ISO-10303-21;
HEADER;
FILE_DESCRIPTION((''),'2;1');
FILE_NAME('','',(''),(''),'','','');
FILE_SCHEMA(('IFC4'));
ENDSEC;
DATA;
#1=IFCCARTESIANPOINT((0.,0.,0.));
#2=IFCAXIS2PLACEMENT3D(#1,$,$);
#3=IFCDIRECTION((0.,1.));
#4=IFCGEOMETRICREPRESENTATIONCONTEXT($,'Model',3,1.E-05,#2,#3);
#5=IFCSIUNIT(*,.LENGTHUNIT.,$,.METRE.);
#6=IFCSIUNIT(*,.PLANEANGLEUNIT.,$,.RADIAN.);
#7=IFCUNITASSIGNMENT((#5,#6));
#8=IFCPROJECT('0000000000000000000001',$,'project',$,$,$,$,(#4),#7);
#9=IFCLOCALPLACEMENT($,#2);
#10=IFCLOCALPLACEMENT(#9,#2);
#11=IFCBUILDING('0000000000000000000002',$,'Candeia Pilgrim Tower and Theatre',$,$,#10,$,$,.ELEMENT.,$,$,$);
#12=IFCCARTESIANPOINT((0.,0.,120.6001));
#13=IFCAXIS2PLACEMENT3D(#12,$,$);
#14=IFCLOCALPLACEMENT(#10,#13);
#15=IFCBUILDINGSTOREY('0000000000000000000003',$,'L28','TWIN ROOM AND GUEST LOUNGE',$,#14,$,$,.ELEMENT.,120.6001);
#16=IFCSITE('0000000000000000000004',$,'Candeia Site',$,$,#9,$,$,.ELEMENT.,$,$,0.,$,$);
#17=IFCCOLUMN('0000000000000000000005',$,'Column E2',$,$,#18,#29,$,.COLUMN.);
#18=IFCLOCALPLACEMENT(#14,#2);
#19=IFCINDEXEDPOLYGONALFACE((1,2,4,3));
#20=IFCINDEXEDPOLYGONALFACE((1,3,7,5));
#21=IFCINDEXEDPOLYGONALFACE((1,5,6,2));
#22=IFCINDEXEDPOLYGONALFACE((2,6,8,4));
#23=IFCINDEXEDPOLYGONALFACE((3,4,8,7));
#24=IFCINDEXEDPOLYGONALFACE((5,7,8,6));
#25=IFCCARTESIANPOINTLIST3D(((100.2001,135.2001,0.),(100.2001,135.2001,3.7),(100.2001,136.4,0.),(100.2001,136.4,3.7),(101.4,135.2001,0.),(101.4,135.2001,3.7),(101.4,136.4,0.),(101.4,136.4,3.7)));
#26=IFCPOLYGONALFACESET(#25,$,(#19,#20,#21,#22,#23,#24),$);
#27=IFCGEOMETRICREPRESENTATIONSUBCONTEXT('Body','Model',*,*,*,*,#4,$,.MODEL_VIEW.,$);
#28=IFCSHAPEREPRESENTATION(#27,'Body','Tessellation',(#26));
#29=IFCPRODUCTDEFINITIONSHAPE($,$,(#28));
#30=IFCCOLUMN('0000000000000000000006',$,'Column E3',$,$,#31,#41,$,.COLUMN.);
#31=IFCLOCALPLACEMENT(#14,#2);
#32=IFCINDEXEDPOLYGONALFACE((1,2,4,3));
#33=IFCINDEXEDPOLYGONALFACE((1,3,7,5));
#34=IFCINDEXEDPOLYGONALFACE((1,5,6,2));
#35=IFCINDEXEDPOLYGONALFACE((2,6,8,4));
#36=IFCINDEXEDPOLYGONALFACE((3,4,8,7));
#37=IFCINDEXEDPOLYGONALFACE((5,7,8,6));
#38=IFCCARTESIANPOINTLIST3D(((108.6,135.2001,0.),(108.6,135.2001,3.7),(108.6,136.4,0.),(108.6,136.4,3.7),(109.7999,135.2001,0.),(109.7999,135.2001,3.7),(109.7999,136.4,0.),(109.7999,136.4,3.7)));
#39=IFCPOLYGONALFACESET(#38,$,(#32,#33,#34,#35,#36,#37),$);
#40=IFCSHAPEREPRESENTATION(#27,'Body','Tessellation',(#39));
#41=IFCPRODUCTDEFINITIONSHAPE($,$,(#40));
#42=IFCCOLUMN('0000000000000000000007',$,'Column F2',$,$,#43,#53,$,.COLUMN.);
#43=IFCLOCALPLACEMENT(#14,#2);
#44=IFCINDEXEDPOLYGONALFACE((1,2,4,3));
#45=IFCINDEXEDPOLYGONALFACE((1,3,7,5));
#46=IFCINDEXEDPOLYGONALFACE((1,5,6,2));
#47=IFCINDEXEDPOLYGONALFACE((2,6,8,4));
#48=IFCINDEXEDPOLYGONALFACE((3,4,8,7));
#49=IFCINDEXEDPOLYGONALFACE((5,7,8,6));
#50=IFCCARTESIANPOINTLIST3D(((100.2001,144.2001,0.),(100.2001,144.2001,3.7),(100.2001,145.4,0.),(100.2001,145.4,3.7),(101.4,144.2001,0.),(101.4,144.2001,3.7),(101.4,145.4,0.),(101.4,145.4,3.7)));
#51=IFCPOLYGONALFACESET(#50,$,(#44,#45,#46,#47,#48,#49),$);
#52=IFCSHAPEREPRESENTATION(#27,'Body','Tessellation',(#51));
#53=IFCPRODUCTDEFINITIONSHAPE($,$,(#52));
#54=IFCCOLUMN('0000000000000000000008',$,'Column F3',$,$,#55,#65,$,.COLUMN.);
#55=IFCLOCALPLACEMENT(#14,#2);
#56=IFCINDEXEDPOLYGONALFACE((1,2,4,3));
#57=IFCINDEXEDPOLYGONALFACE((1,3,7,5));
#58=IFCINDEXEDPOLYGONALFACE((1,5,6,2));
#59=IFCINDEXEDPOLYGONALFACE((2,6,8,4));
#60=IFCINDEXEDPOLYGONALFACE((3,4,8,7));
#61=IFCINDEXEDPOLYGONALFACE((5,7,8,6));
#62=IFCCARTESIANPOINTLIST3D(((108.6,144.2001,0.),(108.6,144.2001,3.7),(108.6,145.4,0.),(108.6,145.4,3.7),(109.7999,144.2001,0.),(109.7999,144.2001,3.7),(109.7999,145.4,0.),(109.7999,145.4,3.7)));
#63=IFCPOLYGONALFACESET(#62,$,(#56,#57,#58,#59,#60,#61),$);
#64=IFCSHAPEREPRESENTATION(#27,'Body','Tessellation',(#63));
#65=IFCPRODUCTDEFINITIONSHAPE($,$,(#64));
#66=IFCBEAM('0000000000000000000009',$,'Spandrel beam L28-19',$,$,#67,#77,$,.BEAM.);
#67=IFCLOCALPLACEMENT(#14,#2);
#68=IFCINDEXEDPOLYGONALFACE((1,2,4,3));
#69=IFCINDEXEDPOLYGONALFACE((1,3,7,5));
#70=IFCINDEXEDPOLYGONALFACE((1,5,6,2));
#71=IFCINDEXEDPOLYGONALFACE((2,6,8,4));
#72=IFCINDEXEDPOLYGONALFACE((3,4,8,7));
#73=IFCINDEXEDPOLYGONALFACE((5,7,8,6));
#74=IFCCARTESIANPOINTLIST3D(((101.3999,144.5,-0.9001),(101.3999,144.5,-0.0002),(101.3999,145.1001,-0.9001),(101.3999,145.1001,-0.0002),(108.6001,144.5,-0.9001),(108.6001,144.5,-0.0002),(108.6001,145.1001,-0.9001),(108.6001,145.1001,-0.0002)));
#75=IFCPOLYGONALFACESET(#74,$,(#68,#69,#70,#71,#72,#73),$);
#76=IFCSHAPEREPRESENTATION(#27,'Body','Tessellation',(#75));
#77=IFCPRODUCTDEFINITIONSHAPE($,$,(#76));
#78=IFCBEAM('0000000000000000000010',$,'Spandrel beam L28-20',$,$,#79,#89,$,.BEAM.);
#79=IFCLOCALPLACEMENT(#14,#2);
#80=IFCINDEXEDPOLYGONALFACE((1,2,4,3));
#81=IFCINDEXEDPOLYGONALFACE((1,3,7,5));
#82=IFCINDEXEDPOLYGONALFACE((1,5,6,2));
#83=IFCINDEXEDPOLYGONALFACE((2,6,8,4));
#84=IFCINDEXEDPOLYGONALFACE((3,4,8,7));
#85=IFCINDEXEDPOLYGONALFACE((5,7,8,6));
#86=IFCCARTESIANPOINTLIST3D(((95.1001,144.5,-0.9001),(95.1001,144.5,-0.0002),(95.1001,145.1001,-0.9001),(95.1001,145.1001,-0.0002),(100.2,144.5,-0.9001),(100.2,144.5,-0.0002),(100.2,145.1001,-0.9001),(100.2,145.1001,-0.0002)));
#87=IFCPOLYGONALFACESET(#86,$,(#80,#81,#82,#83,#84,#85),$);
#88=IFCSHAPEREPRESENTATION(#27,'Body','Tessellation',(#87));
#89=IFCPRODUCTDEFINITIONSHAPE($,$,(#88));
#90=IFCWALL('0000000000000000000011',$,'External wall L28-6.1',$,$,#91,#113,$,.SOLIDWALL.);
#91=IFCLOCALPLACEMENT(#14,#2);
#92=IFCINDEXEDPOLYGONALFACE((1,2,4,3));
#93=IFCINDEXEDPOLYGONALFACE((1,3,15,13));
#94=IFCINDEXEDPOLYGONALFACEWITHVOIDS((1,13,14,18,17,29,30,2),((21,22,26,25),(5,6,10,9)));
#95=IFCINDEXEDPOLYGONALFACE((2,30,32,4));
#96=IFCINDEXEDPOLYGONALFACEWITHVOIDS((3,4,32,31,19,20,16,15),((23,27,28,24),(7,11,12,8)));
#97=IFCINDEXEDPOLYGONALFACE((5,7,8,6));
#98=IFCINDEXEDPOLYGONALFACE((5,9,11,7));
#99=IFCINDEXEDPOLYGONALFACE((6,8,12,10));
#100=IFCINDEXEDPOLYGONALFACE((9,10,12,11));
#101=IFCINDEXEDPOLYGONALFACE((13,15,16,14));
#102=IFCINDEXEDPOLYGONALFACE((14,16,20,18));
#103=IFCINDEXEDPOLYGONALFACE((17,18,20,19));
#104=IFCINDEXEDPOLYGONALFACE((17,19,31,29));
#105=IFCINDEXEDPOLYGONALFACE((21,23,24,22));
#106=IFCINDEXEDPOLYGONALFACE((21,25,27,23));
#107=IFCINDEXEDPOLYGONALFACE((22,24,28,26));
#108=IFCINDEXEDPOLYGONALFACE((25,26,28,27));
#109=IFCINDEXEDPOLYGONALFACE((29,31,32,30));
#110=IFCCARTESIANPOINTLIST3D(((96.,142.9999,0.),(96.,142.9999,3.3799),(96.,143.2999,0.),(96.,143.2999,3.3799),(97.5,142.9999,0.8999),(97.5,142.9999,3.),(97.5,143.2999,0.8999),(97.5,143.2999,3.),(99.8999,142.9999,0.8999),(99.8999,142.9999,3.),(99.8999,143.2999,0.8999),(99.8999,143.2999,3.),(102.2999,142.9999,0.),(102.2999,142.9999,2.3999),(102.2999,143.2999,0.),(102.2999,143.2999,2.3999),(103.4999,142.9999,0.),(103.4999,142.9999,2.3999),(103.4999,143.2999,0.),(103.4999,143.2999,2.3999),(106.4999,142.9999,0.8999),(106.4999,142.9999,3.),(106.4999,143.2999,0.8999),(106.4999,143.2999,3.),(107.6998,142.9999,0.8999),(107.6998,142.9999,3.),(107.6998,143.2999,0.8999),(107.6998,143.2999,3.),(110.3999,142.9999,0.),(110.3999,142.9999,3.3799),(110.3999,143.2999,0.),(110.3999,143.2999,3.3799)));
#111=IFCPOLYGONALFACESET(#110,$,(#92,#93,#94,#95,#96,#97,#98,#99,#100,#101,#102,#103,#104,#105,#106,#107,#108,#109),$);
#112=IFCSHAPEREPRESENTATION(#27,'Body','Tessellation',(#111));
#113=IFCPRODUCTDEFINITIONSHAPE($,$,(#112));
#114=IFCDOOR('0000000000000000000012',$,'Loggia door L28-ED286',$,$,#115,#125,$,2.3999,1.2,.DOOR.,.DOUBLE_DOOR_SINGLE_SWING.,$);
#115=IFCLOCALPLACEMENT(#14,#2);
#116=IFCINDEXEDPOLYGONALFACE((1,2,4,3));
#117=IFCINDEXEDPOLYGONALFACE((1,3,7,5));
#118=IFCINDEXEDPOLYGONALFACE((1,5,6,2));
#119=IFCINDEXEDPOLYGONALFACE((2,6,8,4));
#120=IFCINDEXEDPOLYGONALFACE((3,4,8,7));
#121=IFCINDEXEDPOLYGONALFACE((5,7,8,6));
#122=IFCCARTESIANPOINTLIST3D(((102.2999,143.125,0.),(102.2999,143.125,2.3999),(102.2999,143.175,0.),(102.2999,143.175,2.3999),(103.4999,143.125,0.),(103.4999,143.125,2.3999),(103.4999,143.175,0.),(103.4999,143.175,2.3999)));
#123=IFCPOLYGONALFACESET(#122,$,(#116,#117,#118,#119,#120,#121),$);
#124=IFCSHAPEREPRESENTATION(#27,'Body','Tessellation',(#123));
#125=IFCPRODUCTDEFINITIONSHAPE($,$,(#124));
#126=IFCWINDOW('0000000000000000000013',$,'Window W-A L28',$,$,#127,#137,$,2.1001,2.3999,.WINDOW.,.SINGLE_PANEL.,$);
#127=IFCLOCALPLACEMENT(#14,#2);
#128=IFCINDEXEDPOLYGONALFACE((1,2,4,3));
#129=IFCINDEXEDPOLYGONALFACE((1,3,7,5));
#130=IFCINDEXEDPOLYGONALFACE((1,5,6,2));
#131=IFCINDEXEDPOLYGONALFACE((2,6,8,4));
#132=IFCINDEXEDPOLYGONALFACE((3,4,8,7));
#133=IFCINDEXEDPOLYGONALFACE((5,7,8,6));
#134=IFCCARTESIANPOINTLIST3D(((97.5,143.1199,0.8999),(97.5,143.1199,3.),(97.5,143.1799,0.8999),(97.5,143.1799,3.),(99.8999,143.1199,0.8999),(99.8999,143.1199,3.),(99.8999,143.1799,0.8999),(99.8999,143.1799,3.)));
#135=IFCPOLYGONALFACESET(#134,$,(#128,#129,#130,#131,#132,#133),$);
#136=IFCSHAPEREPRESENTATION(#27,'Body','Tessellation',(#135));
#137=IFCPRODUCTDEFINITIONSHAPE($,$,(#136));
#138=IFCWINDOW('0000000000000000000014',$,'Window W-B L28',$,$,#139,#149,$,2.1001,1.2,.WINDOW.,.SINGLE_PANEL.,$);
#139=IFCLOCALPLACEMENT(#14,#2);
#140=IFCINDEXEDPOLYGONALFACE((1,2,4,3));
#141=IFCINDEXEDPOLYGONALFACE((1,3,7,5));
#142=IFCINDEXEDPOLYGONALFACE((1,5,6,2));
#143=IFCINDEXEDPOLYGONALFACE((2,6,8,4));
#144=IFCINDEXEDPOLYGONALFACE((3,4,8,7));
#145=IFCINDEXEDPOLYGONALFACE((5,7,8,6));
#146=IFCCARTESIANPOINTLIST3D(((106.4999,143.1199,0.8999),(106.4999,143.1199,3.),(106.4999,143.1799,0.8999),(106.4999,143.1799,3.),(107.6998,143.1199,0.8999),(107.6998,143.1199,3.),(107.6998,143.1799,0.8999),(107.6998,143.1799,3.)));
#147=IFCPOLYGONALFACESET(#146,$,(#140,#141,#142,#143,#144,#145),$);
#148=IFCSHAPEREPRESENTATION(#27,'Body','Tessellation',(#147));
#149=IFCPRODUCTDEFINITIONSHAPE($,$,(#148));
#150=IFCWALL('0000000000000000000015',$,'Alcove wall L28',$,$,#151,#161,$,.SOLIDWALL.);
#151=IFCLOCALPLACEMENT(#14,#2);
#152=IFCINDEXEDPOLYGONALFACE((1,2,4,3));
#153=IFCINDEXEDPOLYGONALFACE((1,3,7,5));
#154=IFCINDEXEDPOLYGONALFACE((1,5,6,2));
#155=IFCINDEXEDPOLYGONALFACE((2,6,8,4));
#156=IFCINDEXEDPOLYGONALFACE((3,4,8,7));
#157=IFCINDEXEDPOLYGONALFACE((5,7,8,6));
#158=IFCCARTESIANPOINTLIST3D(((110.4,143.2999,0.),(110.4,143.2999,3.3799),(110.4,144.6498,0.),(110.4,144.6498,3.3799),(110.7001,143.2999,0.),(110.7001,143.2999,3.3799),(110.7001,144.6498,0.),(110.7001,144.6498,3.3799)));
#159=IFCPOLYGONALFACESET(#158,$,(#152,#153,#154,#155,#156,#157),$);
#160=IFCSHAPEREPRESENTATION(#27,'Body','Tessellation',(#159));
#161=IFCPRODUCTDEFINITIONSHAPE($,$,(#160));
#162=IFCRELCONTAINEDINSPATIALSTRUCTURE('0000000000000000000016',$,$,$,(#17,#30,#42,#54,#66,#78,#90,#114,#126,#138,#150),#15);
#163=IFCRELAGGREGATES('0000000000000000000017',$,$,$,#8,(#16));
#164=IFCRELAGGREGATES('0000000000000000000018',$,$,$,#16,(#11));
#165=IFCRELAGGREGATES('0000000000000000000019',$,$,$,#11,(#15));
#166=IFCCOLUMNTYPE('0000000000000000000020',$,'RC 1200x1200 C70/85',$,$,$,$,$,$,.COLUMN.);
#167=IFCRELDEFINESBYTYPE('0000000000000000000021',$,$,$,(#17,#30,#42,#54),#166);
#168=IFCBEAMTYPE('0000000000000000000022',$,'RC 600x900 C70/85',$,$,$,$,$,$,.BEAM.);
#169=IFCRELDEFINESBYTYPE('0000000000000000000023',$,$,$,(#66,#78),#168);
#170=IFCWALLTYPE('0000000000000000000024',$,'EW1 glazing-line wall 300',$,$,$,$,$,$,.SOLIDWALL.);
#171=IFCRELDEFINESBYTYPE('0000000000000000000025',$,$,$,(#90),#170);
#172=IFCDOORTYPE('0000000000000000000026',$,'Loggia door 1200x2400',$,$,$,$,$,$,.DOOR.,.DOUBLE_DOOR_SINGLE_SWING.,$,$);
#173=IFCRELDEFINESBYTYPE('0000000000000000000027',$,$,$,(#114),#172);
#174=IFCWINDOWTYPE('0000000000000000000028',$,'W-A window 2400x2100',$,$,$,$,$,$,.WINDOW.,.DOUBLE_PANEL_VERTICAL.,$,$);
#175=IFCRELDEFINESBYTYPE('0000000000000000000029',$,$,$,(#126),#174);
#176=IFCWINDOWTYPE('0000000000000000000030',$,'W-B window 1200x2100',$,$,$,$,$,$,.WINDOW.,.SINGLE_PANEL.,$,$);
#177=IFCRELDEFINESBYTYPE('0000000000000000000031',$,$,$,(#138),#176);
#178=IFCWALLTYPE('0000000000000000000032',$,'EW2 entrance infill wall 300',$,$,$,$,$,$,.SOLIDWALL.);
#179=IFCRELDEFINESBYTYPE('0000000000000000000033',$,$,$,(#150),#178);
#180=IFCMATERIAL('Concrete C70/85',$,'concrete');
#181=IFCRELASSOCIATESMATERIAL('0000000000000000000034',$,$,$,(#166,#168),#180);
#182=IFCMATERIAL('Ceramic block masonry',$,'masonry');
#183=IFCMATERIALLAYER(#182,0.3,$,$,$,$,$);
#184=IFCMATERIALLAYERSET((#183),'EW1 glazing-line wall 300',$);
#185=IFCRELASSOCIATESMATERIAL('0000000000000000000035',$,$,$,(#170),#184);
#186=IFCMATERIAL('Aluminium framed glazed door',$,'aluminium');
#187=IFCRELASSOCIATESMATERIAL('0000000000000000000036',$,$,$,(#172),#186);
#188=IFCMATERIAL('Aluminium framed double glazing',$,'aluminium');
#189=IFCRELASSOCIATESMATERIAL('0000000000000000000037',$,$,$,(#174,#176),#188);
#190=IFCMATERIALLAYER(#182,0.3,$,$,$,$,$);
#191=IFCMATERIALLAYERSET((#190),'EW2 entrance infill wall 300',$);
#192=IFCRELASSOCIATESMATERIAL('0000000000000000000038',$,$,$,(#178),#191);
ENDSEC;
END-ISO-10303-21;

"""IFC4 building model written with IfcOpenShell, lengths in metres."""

from ifc_helpers import new_model, si_unit, direction, frame, frame_2d, origin, origin_2d, place, context, subcontext, project, spatial, rectangle, extrude, material, layer, layer_set, material_profile, profile_set, type_object, element, fill, save


model = new_model("IFC4")

# Units and contexts
model_context = context("Model", 3, precision=1e-05, world=origin(), true_north=direction((0.0, 1.0)))
body_context = subcontext(model_context, "Body", "Model", "MODEL_VIEW")
ifc_project = project(units=[si_unit("LENGTHUNIT", "METRE"), si_unit("PLANEANGLEUNIT", "RADIAN")], contexts=[model_context])

# Site, building, storey
site_placement = place(None, origin())
site = spatial("IfcSite", under=ifc_project, at=site_placement, Name="Candeia Site", CompositionType="ELEMENT", RefElevation=0.0)
building_placement = place(site_placement, origin())
building = spatial("IfcBuilding", under=site, at=building_placement, Name="Candeia Pilgrim Tower and Theatre", CompositionType="ELEMENT")
storey_placement = place(building_placement, frame((0.0, 0.0, 120.6001)))
storey = spatial("IfcBuildingStorey", under=building, at=storey_placement, Name="L28", Description="TWIN ROOM AND GUEST LOUNGE", CompositionType="ELEMENT", Elevation=120.6001)

# Columns
ifc_material_1 = material(Name="Concrete C70/85", Category="concrete")
ifc_material_profile_1 = material_profile(ifc_material_1, rectangle(XDim=1.2, YDim=1.2, at=origin_2d()))
ifc_profile_set_1 = profile_set([ifc_material_profile_1], Name="Concrete C70/85")
column_type = type_object("IfcColumnType", Name="RC 1200x1200 C70/85", PredefinedType="COLUMN", material=ifc_profile_set_1)
for number, where, z_axis, x_axis, name in (
    (1, (100.8, 135.8, 0.0), (0.0, 0.0, 1.0), (1.0, 0.0, 0.0), "Column E2"),
    (2, (109.2, 135.8, 0.0), (0.0, 0.0, 1.0), (1.0, 0.0, 0.0), "Column E3"),
    (3, (100.8, 144.8, 0.0), (0.0, 0.0, 1.0), (1.0, 0.0, 0.0), "Column F2"),
    (4, (109.2, 144.8, 0.0), (0.0, 0.0, 1.0), (1.0, 0.0, 0.0), "Column F3"),
):
    element("IfcColumn", number, at=place(storey_placement, frame(where, z_axis=z_axis, x_axis=x_axis)), inside=storey, type_object=column_type, Name=name, PredefinedType="COLUMN", context=body_context, shape_type="SweptSolid", body=[
        extrude(rectangle(XDim=1.2, YDim=1.2, at=origin_2d()), origin(), (0.0, 0.0, 1.0), 3.7),
    ])

# Beams
ifc_material_profile_2 = material_profile(ifc_material_1, rectangle(XDim=0.6001, YDim=0.8999, at=origin_2d()))
ifc_profile_set_2 = profile_set([ifc_material_profile_2], Name="Concrete C70/85")
beam_type = type_object("IfcBeamType", Name="RC 600x900 C70/85", PredefinedType="BEAM", material=ifc_profile_set_2)
beam_1_placement = place(storey_placement, frame((108.6001, 144.8, -0.4502), z_axis=(-1.0, 0.0, 0.0), x_axis=(0.0, -1.0, 0.0)))
element("IfcBeam", 5, at=beam_1_placement, inside=storey, type_object=beam_type, Name="Spandrel beam L28-19", PredefinedType="BEAM", context=body_context, shape_type="SweptSolid", body=[
    extrude(rectangle(XDim=0.6001, YDim=0.8999, at=origin_2d()), origin(), (0.0, 0.0, 1.0), 7.2002),
])
beam_2_placement = place(storey_placement, frame((100.2, 144.8, -0.4502), z_axis=(-1.0, 0.0, 0.0), x_axis=(0.0, -1.0, 0.0)))
element("IfcBeam", 6, at=beam_2_placement, inside=storey, type_object=beam_type, Name="Spandrel beam L28-20", PredefinedType="BEAM", context=body_context, shape_type="SweptSolid", body=[
    extrude(rectangle(XDim=0.6001, YDim=0.8999, at=origin_2d()), origin(), (0.0, 0.0, 1.0), 5.0999),
])

# Wall, openings, door, windows
ifc_material_2 = material(Name="Ceramic block masonry", Category="masonry")
ifc_layer_1 = layer(ifc_material_2, 0.3)
ifc_layer_set_1 = layer_set([ifc_layer_1], Name="EW1 glazing-line wall 300")
wall_type_1 = type_object("IfcWallType", Name="EW1 glazing-line wall 300", PredefinedType="SOLIDWALL", material=ifc_layer_set_1)
wall_1_placement = place(storey_placement, frame((110.3999, 143.1499, 0.0), z_axis=(0.0, 0.0, 1.0), x_axis=(-1.0, 0.0, 0.0)))
wall_1 = element("IfcWall", 7, at=wall_1_placement, inside=storey, type_object=wall_type_1, Name="External wall L28-6.1", PredefinedType="SOLIDWALL", context=body_context, shape_type="SweptSolid", body=[
    extrude(rectangle(XDim=14.3999, YDim=0.3, at=frame_2d((7.2, 0.0))), origin(), (0.0, 0.0, 1.0), 3.3799),
])
opening_1_placement = place(wall_1_placement, frame((2.7, 0.0, 0.8999)))
opening_1 = element("IfcOpeningElement", 8, at=opening_1_placement, cuts=wall_1, PredefinedType="OPENING", context=body_context, shape_type="SweptSolid", body=[
    extrude(rectangle(XDim=1.2, YDim=2.1001, at=frame_2d((0.6001, 1.05))), frame((0.0, 0.1602, 0.0), z_axis=(0.0, -1.0, 0.0), x_axis=(1.0, 0.0, 0.0)), (0.0, 0.0, 1.0), 0.3201),
])
opening_2_placement = place(wall_1_placement, frame((6.8999, 0.0, 0.0)))
opening_2 = element("IfcOpeningElement", 9, at=opening_2_placement, cuts=wall_1, PredefinedType="OPENING", context=body_context, shape_type="SweptSolid", body=[
    extrude(rectangle(XDim=1.2, YDim=2.3999, at=frame_2d((0.6001, 1.2))), frame((0.0, 0.1602, 0.0), z_axis=(0.0, -1.0, 0.0), x_axis=(1.0, 0.0, 0.0)), (0.0, 0.0, 1.0), 0.3201),
])
opening_3_placement = place(wall_1_placement, frame((10.5, 0.0, 0.8999)))
opening_3 = element("IfcOpeningElement", 10, at=opening_3_placement, cuts=wall_1, PredefinedType="OPENING", context=body_context, shape_type="SweptSolid", body=[
    extrude(rectangle(XDim=2.3999, YDim=2.1001, at=frame_2d((1.2, 1.05))), frame((0.0, 0.1602, 0.0), z_axis=(0.0, -1.0, 0.0), x_axis=(1.0, 0.0, 0.0)), (0.0, 0.0, 1.0), 0.3201),
])
ifc_material_3 = material(Name="Aluminium framed glazed door", Category="aluminium")
door_type_1 = type_object("IfcDoorType", Name="Loggia door 1200x2400", OperationType="DOUBLE_DOOR_SINGLE_SWING", PredefinedType="DOOR", material=ifc_material_3)
door_1_placement = place(opening_2_placement, origin())
door_1 = element("IfcDoor", 11, at=door_1_placement, inside=storey, type_object=door_type_1, Name="Loggia door L28-ED286", OperationType="DOUBLE_DOOR_SINGLE_SWING", OverallHeight=2.3999, OverallWidth=1.2, PredefinedType="DOOR", context=body_context, shape_type="SweptSolid", body=[
    extrude(rectangle(XDim=1.2, YDim=2.3999, at=frame_2d((0.6001, 1.2))), frame((0.0, 0.0249, 0.0), z_axis=(0.0, -1.0, 0.0), x_axis=(1.0, 0.0, 0.0)), (0.0, 0.0, 1.0), 0.05),
])
fill(opening_2, door_1)
ifc_material_4 = material(Name="Aluminium framed double glazing", Category="aluminium")
window_type_1 = type_object("IfcWindowType", Name="W-A window 2400x2100", PartitioningType="DOUBLE_PANEL_VERTICAL", PredefinedType="WINDOW", material=ifc_material_4)
window_1_placement = place(opening_3_placement, origin())
window_1 = element("IfcWindow", 12, at=window_1_placement, inside=storey, type_object=window_type_1, Name="Window W-A L28", OverallHeight=2.1001, OverallWidth=2.3999, PartitioningType="SINGLE_PANEL", PredefinedType="WINDOW", context=body_context, shape_type="SweptSolid", body=[
    extrude(rectangle(XDim=2.3999, YDim=2.1001, at=frame_2d((1.2, 1.05))), frame((0.0, 0.03, 0.0), z_axis=(0.0, -1.0, 0.0), x_axis=(1.0, 0.0, 0.0)), (0.0, 0.0, 1.0), 0.0601),
])
fill(opening_3, window_1)
window_type_2 = type_object("IfcWindowType", Name="W-B window 1200x2100", PartitioningType="SINGLE_PANEL", PredefinedType="WINDOW", material=ifc_material_4)
window_2_placement = place(opening_1_placement, origin())
window_2 = element("IfcWindow", 13, at=window_2_placement, inside=storey, type_object=window_type_2, Name="Window W-B L28", OverallHeight=2.1001, OverallWidth=1.2, PartitioningType="SINGLE_PANEL", PredefinedType="WINDOW", context=body_context, shape_type="SweptSolid", body=[
    extrude(rectangle(XDim=1.2, YDim=2.1001, at=frame_2d((0.6001, 1.05))), frame((0.0, 0.03, 0.0), z_axis=(0.0, -1.0, 0.0), x_axis=(1.0, 0.0, 0.0)), (0.0, 0.0, 1.0), 0.0601),
])
fill(opening_1, window_2)

# Wall
ifc_layer_2 = layer(ifc_material_2, 0.3)
ifc_layer_set_2 = layer_set([ifc_layer_2], Name="EW2 entrance infill wall 300")
wall_type_2 = type_object("IfcWallType", Name="EW2 entrance infill wall 300", PredefinedType="SOLIDWALL", material=ifc_layer_set_2)
wall_2_placement = place(storey_placement, frame((110.55, 143.3, 0.0), z_axis=(0.0, 0.0, 1.0), x_axis=(0.0, 1.0, 0.0)))
element("IfcWall", 14, at=wall_2_placement, inside=storey, type_object=wall_type_2, Name="Alcove wall L28", PredefinedType="SOLIDWALL", context=body_context, shape_type="SweptSolid", body=[
    extrude(rectangle(XDim=1.3499, YDim=0.3, at=frame_2d((0.6748, 0.0))), origin(), (0.0, 0.0, 1.0), 3.3799),
])

save(model, "model.ifc")
